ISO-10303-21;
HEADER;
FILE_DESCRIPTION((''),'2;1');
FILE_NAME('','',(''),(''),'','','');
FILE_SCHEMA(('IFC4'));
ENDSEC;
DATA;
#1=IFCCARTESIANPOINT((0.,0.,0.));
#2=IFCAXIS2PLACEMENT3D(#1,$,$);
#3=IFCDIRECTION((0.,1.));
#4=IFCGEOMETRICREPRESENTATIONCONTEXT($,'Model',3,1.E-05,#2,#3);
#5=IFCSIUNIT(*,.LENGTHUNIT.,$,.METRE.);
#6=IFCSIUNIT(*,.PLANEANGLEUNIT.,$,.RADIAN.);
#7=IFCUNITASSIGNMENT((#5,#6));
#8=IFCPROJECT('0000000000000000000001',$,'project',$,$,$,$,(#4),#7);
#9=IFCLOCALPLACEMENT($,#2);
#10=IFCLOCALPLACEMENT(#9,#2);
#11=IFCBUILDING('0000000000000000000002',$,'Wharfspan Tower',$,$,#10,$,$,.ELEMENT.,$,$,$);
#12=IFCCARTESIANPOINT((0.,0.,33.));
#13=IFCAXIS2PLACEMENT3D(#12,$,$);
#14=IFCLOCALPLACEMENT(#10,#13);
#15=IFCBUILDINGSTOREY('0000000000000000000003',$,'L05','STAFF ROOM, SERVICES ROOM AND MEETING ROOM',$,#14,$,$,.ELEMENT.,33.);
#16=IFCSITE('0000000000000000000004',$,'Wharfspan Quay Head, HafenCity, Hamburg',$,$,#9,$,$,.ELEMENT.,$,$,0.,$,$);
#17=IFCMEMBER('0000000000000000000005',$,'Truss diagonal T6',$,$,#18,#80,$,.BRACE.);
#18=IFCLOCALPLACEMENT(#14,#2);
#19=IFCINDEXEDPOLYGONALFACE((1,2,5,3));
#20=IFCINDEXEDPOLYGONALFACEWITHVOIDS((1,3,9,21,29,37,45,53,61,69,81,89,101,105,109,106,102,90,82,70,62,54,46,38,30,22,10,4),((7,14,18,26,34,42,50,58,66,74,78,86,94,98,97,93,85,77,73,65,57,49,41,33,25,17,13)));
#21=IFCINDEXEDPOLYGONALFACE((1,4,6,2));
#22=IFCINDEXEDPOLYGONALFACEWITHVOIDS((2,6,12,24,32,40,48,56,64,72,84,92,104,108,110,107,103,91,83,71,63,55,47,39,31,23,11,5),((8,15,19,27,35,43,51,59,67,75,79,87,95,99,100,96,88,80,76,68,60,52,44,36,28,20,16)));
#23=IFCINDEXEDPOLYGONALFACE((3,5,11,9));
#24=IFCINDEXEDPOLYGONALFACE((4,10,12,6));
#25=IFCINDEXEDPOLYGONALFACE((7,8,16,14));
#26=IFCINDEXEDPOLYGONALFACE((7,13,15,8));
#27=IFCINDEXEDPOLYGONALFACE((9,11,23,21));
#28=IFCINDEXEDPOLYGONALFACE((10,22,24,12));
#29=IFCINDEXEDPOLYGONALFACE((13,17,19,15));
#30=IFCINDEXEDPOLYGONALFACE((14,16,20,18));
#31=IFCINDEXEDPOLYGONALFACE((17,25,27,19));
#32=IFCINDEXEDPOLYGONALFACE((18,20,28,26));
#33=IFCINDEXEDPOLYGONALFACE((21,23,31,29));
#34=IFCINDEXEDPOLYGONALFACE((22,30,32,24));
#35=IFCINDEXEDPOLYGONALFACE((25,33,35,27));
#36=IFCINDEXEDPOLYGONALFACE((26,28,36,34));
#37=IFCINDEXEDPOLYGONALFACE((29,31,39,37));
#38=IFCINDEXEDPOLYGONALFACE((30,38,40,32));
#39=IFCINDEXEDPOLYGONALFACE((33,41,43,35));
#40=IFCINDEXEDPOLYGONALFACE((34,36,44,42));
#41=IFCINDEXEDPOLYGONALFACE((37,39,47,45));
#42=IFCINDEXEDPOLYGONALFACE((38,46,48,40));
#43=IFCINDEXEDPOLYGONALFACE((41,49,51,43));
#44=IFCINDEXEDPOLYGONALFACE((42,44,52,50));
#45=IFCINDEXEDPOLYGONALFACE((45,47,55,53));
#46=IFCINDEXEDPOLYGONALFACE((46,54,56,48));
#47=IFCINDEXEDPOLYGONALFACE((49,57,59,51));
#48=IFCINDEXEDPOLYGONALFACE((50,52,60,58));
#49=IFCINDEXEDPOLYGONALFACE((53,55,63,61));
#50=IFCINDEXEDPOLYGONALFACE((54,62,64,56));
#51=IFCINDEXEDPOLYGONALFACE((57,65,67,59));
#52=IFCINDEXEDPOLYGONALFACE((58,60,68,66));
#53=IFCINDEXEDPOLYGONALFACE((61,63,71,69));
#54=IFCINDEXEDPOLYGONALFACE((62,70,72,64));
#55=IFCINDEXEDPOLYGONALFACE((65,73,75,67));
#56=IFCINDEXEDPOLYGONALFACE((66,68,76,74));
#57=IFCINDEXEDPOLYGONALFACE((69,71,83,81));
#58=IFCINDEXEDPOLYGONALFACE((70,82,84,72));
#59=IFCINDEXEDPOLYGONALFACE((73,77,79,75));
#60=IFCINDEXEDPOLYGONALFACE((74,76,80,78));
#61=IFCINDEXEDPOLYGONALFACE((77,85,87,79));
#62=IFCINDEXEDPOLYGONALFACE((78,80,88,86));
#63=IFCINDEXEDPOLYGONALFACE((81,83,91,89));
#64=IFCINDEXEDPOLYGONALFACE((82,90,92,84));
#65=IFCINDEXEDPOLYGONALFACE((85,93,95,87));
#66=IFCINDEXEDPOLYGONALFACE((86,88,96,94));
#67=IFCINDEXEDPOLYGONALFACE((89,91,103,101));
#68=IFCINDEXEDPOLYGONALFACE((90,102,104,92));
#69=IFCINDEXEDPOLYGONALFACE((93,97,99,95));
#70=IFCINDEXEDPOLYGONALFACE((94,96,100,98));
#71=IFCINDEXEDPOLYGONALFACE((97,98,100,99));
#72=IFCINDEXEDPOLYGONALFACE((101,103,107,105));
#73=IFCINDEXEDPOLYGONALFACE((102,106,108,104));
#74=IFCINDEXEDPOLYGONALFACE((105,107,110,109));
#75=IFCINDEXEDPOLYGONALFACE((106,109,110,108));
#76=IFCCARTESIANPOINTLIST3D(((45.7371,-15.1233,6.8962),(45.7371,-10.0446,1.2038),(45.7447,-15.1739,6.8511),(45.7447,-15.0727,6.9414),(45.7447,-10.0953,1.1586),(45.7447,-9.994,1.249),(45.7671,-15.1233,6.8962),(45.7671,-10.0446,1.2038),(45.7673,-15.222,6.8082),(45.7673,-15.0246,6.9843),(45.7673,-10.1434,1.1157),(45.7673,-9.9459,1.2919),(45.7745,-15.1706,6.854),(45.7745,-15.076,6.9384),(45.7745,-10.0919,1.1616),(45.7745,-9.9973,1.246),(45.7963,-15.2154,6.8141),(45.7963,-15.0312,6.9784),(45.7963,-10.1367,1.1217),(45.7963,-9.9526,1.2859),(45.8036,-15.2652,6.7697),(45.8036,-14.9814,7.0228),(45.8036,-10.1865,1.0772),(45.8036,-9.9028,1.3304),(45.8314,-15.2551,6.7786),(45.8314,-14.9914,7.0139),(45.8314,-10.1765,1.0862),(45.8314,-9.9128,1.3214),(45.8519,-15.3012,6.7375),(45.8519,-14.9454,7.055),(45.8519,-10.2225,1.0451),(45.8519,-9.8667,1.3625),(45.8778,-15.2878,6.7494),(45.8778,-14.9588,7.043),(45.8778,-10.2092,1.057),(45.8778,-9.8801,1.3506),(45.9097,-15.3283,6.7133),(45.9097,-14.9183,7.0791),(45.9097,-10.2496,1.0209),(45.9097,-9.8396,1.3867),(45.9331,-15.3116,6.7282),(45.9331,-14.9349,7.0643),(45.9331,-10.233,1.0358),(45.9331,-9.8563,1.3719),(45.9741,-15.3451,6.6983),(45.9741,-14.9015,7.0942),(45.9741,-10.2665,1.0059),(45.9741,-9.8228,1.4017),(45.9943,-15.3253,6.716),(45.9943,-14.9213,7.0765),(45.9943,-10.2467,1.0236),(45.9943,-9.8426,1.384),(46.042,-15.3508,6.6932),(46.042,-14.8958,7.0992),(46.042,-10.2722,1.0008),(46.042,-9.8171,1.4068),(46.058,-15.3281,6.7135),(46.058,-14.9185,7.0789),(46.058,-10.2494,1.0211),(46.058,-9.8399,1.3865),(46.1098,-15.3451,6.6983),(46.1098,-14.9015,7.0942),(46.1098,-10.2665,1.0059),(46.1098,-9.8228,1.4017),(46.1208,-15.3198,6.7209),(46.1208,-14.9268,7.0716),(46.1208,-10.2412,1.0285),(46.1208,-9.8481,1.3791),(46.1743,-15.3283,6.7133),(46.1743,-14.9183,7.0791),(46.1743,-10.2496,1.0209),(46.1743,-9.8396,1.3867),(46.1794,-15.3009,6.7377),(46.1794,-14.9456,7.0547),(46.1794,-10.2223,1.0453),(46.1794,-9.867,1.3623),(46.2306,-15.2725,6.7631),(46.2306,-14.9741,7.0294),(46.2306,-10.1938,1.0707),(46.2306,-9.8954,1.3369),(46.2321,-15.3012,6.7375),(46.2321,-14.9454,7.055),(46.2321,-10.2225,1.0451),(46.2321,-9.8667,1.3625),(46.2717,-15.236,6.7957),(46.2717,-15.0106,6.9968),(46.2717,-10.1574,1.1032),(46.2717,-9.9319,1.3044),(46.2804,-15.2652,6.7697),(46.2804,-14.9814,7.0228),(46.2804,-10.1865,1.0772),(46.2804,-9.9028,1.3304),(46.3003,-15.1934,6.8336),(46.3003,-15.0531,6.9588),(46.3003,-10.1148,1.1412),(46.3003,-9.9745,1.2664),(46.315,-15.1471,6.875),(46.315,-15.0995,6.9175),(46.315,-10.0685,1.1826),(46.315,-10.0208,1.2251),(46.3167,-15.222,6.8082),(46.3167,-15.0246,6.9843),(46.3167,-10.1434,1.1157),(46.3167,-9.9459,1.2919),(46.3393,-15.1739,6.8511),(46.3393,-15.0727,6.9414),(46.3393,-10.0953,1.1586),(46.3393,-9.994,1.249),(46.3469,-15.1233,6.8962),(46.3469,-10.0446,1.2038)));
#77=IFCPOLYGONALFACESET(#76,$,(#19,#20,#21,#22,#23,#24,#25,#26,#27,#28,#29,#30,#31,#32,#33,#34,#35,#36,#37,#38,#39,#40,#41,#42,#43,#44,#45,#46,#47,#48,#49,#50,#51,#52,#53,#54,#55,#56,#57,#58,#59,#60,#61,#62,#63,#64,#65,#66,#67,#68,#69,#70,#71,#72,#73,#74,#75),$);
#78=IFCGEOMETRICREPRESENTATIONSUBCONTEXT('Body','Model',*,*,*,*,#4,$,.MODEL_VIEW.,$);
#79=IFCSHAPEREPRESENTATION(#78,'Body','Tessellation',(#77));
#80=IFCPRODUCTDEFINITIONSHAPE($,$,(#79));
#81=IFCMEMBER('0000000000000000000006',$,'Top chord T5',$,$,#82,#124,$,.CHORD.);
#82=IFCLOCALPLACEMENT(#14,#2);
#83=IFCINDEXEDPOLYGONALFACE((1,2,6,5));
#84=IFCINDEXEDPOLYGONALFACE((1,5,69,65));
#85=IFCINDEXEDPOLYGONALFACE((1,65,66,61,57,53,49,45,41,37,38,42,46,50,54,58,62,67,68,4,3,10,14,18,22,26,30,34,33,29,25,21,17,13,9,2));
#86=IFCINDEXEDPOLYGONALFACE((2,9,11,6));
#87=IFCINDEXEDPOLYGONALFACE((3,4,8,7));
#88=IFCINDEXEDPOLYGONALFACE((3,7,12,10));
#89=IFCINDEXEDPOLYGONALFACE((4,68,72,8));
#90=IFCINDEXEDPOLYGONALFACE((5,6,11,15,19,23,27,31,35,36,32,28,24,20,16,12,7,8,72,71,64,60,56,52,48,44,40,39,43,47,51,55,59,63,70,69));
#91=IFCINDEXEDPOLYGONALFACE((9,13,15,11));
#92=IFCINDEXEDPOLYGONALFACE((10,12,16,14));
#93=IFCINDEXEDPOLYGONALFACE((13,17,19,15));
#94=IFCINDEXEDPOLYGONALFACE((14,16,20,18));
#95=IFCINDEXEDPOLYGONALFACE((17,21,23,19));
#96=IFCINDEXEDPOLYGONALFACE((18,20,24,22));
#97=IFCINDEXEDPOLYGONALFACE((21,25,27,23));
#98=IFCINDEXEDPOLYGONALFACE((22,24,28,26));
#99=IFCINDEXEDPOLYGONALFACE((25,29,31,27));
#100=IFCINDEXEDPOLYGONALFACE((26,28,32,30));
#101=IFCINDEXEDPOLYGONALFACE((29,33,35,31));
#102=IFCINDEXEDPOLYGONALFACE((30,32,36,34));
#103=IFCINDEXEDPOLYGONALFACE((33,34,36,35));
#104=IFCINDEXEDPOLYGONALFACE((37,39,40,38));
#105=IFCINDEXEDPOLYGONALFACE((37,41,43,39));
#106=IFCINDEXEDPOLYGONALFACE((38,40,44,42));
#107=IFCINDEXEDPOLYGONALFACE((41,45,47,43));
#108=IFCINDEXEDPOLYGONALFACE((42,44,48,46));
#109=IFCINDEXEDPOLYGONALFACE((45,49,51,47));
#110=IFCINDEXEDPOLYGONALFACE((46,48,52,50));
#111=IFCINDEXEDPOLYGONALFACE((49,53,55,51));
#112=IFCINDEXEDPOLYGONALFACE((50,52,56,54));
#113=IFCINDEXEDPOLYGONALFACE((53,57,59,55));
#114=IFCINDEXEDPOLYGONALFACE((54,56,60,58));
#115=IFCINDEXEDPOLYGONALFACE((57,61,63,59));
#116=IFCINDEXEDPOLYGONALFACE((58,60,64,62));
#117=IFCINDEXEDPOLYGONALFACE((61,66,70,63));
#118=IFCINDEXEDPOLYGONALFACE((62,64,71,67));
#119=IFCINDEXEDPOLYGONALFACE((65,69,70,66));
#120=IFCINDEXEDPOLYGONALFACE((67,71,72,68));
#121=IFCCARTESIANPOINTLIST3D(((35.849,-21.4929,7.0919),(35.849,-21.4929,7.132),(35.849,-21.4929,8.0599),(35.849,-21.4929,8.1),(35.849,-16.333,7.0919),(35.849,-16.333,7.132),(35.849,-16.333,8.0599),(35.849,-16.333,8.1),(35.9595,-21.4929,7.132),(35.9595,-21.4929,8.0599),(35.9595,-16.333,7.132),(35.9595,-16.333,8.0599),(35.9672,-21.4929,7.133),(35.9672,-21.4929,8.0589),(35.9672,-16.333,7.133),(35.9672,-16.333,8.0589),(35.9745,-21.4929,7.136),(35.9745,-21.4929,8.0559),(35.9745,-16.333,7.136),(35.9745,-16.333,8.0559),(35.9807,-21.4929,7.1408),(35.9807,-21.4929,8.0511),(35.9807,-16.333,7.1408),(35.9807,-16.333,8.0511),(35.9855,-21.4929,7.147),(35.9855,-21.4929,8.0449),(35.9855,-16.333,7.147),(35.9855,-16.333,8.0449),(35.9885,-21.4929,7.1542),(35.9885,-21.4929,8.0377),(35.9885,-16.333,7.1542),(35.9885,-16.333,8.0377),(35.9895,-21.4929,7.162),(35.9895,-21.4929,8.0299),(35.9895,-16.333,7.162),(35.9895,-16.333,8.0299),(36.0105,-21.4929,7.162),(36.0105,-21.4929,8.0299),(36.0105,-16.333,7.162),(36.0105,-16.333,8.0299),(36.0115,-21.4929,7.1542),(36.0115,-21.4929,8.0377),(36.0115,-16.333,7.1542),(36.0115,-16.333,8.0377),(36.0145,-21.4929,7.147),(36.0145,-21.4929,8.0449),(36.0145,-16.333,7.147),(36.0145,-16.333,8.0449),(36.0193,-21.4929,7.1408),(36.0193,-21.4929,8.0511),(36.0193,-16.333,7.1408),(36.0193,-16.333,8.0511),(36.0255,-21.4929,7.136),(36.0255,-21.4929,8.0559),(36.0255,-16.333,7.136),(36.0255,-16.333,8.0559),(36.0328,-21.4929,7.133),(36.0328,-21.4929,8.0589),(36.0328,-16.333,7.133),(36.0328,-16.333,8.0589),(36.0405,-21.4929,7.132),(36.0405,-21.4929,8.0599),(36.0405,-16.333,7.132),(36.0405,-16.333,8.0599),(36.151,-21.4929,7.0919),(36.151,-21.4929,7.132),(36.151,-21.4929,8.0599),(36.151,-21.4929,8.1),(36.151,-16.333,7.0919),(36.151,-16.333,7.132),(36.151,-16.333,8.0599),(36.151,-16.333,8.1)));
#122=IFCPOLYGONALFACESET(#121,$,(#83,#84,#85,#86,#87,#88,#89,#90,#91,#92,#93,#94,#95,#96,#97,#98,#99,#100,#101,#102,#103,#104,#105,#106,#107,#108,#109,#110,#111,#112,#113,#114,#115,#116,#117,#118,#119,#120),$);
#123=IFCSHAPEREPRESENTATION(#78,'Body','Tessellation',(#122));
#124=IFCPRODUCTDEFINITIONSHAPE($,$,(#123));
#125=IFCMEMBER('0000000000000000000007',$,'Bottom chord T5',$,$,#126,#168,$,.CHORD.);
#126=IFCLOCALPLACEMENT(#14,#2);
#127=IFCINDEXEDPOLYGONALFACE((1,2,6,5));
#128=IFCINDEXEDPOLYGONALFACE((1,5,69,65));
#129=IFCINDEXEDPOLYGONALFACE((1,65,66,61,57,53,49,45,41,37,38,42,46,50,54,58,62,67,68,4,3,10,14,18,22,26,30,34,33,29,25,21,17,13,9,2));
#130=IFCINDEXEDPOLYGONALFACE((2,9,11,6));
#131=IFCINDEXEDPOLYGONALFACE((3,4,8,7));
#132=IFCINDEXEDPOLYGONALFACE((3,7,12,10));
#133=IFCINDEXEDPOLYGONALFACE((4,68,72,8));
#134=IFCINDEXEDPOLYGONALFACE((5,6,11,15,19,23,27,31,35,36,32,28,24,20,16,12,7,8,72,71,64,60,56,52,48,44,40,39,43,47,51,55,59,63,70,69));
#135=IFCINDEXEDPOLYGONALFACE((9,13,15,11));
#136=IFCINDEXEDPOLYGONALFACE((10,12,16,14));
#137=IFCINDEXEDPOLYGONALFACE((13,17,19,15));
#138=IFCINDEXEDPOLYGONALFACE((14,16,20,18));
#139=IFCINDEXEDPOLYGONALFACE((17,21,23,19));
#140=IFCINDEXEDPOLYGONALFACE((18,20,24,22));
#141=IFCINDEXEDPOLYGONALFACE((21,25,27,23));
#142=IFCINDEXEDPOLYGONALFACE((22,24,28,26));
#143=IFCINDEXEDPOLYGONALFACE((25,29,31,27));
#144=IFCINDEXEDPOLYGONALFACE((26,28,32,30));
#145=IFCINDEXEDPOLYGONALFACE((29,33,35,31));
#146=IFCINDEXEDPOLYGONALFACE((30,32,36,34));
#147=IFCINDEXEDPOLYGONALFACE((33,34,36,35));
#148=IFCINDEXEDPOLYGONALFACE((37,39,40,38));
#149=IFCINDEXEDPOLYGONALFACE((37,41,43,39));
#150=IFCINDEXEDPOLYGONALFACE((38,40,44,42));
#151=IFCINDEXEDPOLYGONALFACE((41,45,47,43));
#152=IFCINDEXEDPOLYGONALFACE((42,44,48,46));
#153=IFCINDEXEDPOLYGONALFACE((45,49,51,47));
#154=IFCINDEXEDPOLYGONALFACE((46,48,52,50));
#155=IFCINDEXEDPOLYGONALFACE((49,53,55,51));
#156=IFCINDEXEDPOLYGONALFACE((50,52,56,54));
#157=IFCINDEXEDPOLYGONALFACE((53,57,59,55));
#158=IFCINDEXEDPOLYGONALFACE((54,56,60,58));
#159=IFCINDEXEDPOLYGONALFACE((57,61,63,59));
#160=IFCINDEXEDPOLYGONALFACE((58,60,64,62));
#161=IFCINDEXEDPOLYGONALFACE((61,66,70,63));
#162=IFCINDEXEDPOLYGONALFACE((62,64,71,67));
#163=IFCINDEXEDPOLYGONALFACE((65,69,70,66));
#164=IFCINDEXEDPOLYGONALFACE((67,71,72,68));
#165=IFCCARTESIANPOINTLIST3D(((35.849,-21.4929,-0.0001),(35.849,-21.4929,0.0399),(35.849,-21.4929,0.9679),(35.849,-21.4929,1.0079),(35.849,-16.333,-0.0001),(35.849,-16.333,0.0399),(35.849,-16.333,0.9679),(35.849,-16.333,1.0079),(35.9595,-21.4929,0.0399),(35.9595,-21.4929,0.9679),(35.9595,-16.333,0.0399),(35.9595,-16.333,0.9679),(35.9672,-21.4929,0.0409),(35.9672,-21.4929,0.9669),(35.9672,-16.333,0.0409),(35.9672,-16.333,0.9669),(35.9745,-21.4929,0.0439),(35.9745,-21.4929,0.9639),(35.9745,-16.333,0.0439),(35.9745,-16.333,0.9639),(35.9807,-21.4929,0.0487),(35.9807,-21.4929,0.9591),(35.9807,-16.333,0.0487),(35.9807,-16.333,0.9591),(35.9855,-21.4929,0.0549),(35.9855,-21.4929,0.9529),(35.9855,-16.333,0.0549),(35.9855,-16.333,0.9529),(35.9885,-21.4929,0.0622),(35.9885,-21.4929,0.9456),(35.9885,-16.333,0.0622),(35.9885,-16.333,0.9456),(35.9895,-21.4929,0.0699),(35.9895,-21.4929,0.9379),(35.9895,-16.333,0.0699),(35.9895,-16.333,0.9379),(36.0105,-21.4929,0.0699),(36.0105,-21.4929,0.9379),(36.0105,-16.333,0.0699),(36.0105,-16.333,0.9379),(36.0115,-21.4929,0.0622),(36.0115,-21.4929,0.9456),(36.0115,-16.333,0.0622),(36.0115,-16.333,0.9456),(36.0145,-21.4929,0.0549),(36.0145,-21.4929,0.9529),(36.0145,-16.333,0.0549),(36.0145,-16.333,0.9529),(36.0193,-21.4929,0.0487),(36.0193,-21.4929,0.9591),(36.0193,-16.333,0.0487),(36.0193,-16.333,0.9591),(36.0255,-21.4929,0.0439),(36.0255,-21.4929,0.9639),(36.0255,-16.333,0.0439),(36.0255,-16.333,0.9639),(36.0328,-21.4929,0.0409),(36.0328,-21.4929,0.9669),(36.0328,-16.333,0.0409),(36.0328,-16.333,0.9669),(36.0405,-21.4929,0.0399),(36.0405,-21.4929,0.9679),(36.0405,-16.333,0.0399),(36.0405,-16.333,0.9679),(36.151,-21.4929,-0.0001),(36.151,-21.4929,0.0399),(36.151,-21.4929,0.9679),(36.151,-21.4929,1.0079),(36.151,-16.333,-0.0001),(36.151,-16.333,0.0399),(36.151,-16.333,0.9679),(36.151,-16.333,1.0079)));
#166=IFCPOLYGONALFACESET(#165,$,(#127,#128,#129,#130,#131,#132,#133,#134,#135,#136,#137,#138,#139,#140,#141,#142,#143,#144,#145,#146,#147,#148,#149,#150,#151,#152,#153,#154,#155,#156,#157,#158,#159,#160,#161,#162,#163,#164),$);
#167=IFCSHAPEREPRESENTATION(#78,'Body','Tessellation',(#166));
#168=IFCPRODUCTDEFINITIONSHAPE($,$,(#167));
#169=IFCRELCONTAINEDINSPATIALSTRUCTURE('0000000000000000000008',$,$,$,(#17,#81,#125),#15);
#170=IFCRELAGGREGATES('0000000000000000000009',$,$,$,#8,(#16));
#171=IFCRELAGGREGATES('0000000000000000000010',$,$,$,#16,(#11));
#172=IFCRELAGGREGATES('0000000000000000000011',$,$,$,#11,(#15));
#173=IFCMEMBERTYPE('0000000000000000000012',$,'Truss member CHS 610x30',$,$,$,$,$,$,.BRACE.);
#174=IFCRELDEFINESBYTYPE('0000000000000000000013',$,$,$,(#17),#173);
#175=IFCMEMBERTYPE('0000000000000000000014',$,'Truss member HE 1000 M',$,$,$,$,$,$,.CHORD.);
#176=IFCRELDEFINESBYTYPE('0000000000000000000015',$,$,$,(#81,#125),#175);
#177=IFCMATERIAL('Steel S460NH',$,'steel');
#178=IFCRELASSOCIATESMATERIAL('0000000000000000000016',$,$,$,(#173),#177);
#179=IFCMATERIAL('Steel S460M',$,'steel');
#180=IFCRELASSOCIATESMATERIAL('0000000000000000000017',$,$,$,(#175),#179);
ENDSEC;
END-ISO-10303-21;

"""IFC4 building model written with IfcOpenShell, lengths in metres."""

from ifc_helpers import new_model, si_unit, direction, frame, origin, origin_2d, place, context, subcontext, project, spatial, hollow_circle, i_section, extrude, material, material_profile, profile_set, type_object, element, save


model = new_model("IFC4")

# Units and contexts
model_context = context("Model", 3, precision=1e-05, world=origin(), true_north=direction((0.0, 1.0)))
body_context = subcontext(model_context, "Body", "Model", "MODEL_VIEW")
ifc_project = project(units=[si_unit("LENGTHUNIT", "METRE"), si_unit("PLANEANGLEUNIT", "RADIAN")], contexts=[model_context])

# Site, building, storey
site_placement = place(None, origin())
site = spatial("IfcSite", under=ifc_project, at=site_placement, Name="Wharfspan Quay Head, HafenCity, Hamburg", CompositionType="ELEMENT", RefElevation=0.0)
building_placement = place(site_placement, origin())
building = spatial("IfcBuilding", under=site, at=building_placement, Name="Wharfspan Tower", CompositionType="ELEMENT")
storey_placement = place(building_placement, frame((0.0, 0.0, 33.0)))
storey = spatial("IfcBuildingStorey", under=building, at=storey_placement, Name="L05", Description="STAFF ROOM, SERVICES ROOM AND MEETING ROOM", CompositionType="ELEMENT", Elevation=33.0)

# Members
ifc_material_1 = material(Name="Steel S460NH", Category="steel")
ifc_material_profile_1 = material_profile(ifc_material_1, hollow_circle(Radius=0.3049, WallThickness=0.03, at=origin_2d()))
ifc_profile_set_1 = profile_set([ifc_material_profile_1], Name="Steel S460NH")
member_type_1 = type_object("IfcMemberType", Name="Truss member CHS 610x30", PredefinedType="BRACE", material=ifc_profile_set_1)
member_1_placement = place(storey_placement, frame((46.042, -15.1233, 6.8962), z_axis=(0.0, 0.665733, -0.74619), x_axis=(-1.0, 0.0, 0.0)))
element("IfcMember", 1, at=member_1_placement, inside=storey, type_object=member_type_1, Name="Truss diagonal T6", PredefinedType="BRACE", context=body_context, shape_type="SweptSolid", body=[
    extrude(hollow_circle(Radius=0.3049, WallThickness=0.03, at=origin_2d()), origin(), (0.0, 0.0, 1.0), 7.6287),
])
ifc_material_2 = material(Name="Steel S460M", Category="steel")
ifc_material_profile_2 = material_profile(ifc_material_2, i_section(OverallWidth=0.302, OverallDepth=1.0081, WebThickness=0.021, FlangeThickness=0.04, FilletRadius=0.03, at=origin_2d()))
ifc_profile_set_2 = profile_set([ifc_material_profile_2], Name="Steel S460M")
member_type_2 = type_object("IfcMemberType", Name="Truss member HE 1000 M", PredefinedType="CHORD", material=ifc_profile_set_2)
for number, where, z_axis, x_axis, name in (
    (2, (36.0, -21.4929, 7.5959), (0.0, 1.0, 0.0), (-1.0, 0.0, 0.0), "Top chord T5"),
    (3, (36.0, -21.4929, 0.5039), (0.0, 1.0, 0.0), (-1.0, 0.0, 0.0), "Bottom chord T5"),
):
    element("IfcMember", number, at=place(storey_placement, frame(where, z_axis=z_axis, x_axis=x_axis)), inside=storey, type_object=member_type_2, Name=name, PredefinedType="CHORD", context=body_context, shape_type="SweptSolid", body=[
        extrude(i_section(OverallWidth=0.302, OverallDepth=1.0081, WebThickness=0.021, FlangeThickness=0.04, FilletRadius=0.03, at=origin_2d()), origin(), (0.0, 0.0, 1.0), 5.1599),
    ])

save(model, "model.ifc")
